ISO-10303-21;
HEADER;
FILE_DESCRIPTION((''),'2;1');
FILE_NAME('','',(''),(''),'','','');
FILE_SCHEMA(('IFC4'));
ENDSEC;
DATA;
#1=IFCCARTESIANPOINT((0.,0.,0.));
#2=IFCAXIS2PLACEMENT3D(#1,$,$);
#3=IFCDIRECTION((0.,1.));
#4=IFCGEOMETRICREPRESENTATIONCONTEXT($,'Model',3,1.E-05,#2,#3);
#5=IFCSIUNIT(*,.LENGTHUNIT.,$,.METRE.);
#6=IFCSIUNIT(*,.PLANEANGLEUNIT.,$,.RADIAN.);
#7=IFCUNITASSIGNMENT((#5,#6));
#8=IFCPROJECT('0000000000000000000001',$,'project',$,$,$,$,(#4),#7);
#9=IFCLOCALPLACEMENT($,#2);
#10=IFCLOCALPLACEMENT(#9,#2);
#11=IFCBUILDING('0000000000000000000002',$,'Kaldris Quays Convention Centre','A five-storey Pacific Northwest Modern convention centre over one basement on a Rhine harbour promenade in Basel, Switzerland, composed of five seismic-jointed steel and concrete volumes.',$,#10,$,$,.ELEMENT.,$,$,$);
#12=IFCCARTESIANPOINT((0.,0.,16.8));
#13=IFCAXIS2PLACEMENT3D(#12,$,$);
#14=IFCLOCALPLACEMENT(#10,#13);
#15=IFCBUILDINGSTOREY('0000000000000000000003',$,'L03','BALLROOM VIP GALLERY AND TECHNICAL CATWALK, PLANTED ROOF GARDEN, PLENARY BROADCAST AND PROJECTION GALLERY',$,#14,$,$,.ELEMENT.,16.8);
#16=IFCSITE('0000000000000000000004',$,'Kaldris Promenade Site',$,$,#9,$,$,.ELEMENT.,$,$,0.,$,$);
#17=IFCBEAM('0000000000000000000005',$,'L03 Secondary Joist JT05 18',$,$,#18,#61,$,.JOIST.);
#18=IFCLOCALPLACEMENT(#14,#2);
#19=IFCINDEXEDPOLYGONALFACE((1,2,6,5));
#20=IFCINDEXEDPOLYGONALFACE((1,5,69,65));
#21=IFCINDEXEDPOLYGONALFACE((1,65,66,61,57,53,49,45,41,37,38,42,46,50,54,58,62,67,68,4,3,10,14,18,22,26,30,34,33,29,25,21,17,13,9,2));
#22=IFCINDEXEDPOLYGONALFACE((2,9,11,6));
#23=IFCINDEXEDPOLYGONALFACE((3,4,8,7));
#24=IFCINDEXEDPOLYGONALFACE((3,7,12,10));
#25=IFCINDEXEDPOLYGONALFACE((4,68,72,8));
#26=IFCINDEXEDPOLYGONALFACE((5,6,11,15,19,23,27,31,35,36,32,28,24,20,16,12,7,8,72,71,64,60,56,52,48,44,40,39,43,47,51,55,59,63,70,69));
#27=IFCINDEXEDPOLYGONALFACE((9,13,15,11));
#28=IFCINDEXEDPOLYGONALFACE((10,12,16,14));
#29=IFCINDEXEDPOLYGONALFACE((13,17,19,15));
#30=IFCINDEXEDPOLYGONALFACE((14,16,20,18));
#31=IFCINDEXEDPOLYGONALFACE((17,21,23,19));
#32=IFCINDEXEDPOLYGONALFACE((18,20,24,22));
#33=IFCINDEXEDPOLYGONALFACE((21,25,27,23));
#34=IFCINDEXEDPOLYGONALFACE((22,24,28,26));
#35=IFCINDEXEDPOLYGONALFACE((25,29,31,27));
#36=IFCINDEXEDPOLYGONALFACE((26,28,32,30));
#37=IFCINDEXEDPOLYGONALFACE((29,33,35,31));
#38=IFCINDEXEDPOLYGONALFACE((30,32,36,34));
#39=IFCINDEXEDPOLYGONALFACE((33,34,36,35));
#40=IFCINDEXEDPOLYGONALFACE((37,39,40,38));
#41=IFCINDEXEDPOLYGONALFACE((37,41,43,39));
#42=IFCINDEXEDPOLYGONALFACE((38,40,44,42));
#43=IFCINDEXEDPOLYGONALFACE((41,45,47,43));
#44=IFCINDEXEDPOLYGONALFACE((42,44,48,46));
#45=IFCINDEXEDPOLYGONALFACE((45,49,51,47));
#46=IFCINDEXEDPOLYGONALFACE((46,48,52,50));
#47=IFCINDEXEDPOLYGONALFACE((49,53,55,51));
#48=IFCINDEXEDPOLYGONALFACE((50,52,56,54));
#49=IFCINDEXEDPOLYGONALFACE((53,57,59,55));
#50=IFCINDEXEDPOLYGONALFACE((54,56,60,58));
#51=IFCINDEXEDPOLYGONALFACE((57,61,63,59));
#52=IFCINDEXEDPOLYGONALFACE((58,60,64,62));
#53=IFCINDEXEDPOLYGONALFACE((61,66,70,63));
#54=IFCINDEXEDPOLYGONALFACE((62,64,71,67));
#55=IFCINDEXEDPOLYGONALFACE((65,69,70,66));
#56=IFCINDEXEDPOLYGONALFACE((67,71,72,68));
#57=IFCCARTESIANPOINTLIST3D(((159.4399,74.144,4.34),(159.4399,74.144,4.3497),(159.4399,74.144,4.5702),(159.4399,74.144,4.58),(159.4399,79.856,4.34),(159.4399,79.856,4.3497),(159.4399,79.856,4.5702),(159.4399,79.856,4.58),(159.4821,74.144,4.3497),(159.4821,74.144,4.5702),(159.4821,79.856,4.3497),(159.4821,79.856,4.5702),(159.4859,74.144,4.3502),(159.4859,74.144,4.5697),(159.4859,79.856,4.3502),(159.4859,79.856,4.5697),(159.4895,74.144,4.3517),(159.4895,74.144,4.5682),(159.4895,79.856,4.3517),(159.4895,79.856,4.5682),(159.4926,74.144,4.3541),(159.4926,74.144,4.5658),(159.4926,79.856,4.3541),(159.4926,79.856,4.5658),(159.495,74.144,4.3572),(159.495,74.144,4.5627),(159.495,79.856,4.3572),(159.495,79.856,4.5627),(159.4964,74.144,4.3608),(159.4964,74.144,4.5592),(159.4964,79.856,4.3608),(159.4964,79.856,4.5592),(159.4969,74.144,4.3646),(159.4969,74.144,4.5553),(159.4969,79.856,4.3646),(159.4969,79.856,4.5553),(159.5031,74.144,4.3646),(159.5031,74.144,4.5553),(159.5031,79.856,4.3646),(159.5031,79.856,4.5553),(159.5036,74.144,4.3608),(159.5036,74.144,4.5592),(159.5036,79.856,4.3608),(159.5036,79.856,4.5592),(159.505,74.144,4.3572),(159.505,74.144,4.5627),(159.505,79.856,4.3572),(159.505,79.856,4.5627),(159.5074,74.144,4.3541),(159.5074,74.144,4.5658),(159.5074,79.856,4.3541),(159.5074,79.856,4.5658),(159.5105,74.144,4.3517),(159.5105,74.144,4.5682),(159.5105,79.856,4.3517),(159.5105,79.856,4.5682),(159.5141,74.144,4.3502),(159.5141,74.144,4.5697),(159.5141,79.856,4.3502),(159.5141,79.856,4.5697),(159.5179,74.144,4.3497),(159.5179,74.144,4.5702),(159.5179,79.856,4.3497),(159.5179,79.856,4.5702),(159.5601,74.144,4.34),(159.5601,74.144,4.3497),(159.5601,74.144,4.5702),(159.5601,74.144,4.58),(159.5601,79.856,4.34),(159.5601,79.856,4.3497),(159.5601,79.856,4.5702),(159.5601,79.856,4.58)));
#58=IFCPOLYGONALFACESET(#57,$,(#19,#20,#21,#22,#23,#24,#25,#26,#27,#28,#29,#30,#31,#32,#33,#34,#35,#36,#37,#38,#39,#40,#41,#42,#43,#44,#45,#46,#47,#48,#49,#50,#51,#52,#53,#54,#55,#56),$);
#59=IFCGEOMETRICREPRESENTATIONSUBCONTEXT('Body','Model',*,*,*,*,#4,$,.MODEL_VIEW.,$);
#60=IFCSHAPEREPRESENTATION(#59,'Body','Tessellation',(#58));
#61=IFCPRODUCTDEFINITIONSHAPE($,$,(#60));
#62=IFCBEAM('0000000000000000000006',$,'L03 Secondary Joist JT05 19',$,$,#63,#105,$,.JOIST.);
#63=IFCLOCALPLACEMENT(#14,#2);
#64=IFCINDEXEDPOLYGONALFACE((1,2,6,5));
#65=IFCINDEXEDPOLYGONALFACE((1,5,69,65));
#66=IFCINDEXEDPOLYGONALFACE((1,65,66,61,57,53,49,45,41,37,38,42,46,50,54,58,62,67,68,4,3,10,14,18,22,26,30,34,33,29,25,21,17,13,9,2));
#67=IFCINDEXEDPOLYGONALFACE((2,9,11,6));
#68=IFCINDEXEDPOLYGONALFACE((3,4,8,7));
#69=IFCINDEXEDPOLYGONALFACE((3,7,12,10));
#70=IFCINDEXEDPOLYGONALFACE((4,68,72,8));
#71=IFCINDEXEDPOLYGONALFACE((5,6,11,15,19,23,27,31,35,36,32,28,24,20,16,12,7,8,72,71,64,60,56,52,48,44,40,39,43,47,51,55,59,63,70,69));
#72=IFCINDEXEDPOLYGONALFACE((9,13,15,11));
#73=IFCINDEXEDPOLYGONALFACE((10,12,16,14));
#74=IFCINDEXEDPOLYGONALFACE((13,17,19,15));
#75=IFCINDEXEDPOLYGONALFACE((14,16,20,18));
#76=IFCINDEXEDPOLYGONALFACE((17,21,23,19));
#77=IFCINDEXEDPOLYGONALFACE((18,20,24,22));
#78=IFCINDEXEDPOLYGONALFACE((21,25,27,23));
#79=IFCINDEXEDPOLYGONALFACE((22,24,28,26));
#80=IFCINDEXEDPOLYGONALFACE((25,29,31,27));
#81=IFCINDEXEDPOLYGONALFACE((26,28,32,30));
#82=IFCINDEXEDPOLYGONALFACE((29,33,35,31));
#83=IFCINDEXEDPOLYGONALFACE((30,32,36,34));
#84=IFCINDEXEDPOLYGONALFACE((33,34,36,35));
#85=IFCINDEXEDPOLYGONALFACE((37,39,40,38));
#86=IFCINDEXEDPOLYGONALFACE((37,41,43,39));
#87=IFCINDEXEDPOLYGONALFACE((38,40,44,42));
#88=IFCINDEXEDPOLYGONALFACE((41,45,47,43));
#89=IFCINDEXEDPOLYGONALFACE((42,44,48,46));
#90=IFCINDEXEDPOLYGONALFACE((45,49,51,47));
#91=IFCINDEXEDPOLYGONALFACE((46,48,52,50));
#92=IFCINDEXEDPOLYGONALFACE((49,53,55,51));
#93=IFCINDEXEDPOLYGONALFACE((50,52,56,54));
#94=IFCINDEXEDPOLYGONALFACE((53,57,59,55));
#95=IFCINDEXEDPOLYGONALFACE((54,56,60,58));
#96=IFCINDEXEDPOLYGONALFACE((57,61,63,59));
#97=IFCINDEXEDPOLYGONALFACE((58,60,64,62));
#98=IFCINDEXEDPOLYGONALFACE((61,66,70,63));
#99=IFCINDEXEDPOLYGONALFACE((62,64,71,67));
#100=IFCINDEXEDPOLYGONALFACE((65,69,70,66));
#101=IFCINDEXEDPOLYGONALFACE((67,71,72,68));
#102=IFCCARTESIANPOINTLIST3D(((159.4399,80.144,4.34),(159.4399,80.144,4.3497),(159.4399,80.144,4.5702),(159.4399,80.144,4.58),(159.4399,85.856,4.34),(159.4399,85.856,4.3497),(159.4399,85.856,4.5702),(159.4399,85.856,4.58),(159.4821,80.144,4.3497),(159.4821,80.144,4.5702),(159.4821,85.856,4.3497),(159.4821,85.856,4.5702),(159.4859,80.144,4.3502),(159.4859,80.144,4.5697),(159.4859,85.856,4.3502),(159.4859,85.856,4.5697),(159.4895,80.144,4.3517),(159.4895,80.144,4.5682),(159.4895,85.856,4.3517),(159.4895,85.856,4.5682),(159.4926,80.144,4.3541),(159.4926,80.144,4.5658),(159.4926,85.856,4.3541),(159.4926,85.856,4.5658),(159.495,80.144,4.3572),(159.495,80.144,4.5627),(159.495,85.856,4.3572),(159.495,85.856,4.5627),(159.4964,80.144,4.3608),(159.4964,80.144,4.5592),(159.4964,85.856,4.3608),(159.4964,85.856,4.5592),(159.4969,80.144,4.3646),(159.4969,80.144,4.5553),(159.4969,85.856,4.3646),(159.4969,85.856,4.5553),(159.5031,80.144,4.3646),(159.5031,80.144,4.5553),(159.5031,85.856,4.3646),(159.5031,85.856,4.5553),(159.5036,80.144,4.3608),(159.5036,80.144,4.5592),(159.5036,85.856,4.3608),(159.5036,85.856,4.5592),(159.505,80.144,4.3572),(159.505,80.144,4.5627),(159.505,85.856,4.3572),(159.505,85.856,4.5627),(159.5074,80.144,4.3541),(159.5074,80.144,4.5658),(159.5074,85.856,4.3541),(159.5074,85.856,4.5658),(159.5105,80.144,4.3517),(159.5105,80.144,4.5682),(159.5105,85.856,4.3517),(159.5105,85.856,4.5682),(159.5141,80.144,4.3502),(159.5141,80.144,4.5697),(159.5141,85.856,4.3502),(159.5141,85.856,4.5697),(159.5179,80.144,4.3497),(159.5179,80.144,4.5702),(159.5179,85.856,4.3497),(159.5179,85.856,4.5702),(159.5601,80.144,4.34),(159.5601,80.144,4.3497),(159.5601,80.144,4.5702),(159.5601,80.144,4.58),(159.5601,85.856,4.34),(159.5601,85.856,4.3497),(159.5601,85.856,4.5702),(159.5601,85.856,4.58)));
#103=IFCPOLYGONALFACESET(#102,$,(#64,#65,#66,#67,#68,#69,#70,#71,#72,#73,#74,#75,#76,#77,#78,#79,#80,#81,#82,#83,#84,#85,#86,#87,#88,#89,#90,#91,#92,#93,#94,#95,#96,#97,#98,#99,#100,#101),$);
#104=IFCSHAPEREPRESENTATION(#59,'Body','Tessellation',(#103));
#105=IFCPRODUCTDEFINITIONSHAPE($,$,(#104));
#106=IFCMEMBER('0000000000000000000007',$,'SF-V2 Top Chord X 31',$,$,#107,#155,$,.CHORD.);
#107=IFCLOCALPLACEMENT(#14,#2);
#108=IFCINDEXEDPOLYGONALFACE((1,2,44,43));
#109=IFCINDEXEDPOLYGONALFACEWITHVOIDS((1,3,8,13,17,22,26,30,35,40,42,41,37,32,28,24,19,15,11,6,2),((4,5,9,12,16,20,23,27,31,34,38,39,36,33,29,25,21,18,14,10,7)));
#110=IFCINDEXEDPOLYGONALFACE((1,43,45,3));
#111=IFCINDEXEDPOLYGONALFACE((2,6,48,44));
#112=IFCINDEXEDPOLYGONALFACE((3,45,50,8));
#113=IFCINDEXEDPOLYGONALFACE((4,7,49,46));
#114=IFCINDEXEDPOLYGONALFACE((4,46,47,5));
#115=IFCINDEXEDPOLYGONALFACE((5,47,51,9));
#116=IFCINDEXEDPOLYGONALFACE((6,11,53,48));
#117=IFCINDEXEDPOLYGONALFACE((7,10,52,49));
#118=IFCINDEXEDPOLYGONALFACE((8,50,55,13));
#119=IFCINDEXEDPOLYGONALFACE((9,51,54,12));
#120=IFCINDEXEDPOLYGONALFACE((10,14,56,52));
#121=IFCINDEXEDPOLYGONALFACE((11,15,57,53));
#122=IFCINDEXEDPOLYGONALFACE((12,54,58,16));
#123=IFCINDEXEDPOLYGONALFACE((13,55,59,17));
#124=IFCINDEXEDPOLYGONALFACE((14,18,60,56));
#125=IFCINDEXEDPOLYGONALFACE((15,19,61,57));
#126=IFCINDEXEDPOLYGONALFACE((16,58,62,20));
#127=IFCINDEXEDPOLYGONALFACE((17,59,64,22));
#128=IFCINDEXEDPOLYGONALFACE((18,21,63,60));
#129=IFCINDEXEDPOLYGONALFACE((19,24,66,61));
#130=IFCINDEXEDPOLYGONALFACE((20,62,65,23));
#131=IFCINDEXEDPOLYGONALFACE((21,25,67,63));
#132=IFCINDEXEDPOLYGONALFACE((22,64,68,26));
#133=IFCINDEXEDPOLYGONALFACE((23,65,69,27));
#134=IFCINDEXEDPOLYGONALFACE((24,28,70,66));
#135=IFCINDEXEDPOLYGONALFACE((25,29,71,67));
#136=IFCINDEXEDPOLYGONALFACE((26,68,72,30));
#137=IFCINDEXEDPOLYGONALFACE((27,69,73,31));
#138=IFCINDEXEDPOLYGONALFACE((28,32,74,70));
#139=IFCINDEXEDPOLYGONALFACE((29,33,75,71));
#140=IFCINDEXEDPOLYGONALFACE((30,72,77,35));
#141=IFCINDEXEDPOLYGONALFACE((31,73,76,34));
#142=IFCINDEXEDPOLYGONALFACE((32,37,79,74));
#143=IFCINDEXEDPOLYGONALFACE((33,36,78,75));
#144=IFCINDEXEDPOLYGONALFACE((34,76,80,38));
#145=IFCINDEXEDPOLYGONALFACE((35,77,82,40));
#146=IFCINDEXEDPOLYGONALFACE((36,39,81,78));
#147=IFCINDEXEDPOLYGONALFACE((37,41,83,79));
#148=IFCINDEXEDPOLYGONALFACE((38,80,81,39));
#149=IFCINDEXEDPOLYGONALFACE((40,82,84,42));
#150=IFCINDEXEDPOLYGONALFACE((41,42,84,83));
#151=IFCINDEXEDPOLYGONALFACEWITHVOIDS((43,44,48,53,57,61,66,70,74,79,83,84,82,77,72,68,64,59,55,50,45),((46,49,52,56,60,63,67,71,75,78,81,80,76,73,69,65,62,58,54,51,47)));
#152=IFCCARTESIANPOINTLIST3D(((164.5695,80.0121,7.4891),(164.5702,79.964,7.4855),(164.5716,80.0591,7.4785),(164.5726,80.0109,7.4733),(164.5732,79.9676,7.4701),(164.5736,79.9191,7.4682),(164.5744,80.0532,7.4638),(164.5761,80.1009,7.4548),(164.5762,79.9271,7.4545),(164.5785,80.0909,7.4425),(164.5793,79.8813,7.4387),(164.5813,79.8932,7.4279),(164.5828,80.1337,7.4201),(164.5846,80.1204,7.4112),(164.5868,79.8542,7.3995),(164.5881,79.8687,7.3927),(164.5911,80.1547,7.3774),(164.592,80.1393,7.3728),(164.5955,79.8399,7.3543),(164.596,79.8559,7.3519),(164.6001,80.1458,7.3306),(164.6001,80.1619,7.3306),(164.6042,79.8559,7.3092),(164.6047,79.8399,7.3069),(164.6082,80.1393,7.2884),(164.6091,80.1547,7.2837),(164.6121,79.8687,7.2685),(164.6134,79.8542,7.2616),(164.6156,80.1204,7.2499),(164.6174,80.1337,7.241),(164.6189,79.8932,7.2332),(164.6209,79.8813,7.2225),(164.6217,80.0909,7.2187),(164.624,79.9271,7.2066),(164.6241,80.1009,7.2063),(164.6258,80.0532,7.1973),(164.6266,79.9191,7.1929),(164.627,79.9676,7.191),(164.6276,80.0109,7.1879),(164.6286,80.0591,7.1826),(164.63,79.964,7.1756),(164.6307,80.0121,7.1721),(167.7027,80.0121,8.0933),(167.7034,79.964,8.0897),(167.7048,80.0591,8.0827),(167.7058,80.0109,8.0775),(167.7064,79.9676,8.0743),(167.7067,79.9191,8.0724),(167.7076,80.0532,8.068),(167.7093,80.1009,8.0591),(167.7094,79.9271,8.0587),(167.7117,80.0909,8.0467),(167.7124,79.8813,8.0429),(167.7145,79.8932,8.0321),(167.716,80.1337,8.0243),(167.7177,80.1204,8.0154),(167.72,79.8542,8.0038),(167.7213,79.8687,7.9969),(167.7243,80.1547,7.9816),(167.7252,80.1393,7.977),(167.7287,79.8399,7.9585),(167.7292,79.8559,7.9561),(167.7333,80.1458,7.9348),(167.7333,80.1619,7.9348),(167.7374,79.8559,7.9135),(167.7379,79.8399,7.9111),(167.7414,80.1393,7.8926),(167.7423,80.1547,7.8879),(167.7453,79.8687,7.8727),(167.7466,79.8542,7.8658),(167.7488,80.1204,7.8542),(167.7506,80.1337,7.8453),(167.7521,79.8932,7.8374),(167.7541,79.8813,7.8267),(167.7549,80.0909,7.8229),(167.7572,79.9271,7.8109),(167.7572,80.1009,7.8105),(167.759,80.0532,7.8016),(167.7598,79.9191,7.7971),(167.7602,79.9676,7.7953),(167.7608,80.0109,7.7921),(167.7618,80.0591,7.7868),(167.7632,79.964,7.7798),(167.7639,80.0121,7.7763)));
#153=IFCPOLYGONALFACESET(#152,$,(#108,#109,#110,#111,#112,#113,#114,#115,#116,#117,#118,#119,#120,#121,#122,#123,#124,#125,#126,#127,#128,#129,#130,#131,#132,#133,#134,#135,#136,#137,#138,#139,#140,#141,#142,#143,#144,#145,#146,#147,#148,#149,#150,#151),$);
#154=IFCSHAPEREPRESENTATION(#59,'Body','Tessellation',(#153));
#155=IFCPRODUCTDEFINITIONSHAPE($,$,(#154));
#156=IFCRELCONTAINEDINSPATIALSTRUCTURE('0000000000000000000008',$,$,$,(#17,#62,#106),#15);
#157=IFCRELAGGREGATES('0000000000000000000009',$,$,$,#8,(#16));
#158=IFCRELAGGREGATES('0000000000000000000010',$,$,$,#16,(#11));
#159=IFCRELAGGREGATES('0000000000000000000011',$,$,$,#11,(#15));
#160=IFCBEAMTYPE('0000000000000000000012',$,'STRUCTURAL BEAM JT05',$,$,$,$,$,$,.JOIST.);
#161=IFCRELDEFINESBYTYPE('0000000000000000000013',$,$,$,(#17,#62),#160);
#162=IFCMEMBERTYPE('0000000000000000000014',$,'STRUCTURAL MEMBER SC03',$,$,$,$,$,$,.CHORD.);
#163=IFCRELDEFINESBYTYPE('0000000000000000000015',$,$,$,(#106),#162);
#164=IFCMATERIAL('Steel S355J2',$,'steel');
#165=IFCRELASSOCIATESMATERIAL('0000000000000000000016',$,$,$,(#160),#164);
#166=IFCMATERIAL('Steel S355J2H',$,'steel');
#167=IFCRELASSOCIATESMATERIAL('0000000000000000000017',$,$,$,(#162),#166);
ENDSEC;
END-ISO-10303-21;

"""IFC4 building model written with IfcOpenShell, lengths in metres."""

from ifc_helpers import new_model, si_unit, direction, frame, origin, origin_2d, place, context, subcontext, project, spatial, hollow_circle, i_section, extrude, material, material_profile, profile_set, type_object, element, save


model = new_model("IFC4")

# Units and contexts
model_context = context("Model", 3, precision=1e-05, world=origin(), true_north=direction((0.0, 1.0)))
body_context = subcontext(model_context, "Body", "Model", "MODEL_VIEW")
ifc_project = project(units=[si_unit("LENGTHUNIT", "METRE"), si_unit("PLANEANGLEUNIT", "RADIAN")], contexts=[model_context])

# Site, building, storey
site_placement = place(None, origin())
site = spatial("IfcSite", under=ifc_project, at=site_placement, Name="Kaldris Promenade Site", CompositionType="ELEMENT", RefElevation=0.0)
building_placement = place(site_placement, origin())
building = spatial("IfcBuilding", under=site, at=building_placement, Name="Kaldris Quays Convention Centre", Description="A five-storey Pacific Northwest Modern convention centre over one basement on a Rhine harbour promenade in Basel, Switzerland, composed of five seismic-jointed steel and concrete volumes.", CompositionType="ELEMENT")
storey_placement = place(building_placement, frame((0.0, 0.0, 16.8)))
storey = spatial("IfcBuildingStorey", under=building, at=storey_placement, Name="L03", Description="BALLROOM VIP GALLERY AND TECHNICAL CATWALK, PLANTED ROOF GARDEN, PLENARY BROADCAST AND PROJECTION GALLERY", CompositionType="ELEMENT", Elevation=16.8)

# Shared definitions
ifc_material_1 = material(Name="Steel S355J2", Category="steel")

# Beams
ifc_material_profile_1 = material_profile(ifc_material_1, i_section(OverallWidth=0.1201, OverallDepth=0.24, WebThickness=0.0061, FlangeThickness=0.0098, FilletRadius=0.0149, at=origin_2d()), Name="IPE 240")
ifc_profile_set_1 = profile_set([ifc_material_profile_1], Name="Steel S355J2")
beam_type_1 = type_object("IfcBeamType", Name="STRUCTURAL BEAM JT05", PredefinedType="JOIST", material=ifc_profile_set_1)
for number, where, z_axis, x_axis, name in (
    (1, (159.5, 74.144, 4.46), (0.0, 1.0, 0.0), (-1.0, 0.0, 0.0), "L03 Secondary Joist JT05 18"),
    (2, (159.5, 80.144, 4.46), (0.0, 1.0, 0.0), (-1.0, 0.0, 0.0), "L03 Secondary Joist JT05 19"),
):
    element("IfcBeam", number, at=place(storey_placement, frame(where, z_axis=z_axis, x_axis=x_axis)), inside=storey, type_object=beam_type_1, Name=name, PredefinedType="JOIST", context=body_context, shape_type="SweptSolid", body=[
        extrude(i_section(OverallWidth=0.1201, OverallDepth=0.24, WebThickness=0.0061, FlangeThickness=0.0098, FilletRadius=0.0149, at=origin_2d()), origin(), (0.0, 0.0, 1.0), 5.7119),
    ])

# Member
ifc_material_2 = material(Name="Steel S355J2H", Category="steel")
ifc_material_profile_2 = material_profile(ifc_material_2, hollow_circle(Radius=0.1619, WallThickness=0.0161, at=origin_2d()), Name="CHS 323.9x16")
ifc_profile_set_2 = profile_set([ifc_material_profile_2], Name="Steel S355J2H")
member_type_1 = type_object("IfcMemberType", Name="STRUCTURAL MEMBER SC03", PredefinedType="CHORD", material=ifc_profile_set_2)
member_1_placement = place(storey_placement, frame((164.6001, 80.0, 7.3306), z_axis=(0.981908, 0.0, 0.189358), x_axis=(0.0, 1.0, 0.0)))
element("IfcMember", 3, at=member_1_placement, inside=storey, type_object=member_type_1, Name="SF-V2 Top Chord X 31", PredefinedType="CHORD", context=body_context, shape_type="SweptSolid", body=[
    extrude(hollow_circle(Radius=0.1619, WallThickness=0.0161, at=origin_2d()), origin(), (0.0, 0.0, 1.0), 3.1909),
])

save(model, "model.ifc")
